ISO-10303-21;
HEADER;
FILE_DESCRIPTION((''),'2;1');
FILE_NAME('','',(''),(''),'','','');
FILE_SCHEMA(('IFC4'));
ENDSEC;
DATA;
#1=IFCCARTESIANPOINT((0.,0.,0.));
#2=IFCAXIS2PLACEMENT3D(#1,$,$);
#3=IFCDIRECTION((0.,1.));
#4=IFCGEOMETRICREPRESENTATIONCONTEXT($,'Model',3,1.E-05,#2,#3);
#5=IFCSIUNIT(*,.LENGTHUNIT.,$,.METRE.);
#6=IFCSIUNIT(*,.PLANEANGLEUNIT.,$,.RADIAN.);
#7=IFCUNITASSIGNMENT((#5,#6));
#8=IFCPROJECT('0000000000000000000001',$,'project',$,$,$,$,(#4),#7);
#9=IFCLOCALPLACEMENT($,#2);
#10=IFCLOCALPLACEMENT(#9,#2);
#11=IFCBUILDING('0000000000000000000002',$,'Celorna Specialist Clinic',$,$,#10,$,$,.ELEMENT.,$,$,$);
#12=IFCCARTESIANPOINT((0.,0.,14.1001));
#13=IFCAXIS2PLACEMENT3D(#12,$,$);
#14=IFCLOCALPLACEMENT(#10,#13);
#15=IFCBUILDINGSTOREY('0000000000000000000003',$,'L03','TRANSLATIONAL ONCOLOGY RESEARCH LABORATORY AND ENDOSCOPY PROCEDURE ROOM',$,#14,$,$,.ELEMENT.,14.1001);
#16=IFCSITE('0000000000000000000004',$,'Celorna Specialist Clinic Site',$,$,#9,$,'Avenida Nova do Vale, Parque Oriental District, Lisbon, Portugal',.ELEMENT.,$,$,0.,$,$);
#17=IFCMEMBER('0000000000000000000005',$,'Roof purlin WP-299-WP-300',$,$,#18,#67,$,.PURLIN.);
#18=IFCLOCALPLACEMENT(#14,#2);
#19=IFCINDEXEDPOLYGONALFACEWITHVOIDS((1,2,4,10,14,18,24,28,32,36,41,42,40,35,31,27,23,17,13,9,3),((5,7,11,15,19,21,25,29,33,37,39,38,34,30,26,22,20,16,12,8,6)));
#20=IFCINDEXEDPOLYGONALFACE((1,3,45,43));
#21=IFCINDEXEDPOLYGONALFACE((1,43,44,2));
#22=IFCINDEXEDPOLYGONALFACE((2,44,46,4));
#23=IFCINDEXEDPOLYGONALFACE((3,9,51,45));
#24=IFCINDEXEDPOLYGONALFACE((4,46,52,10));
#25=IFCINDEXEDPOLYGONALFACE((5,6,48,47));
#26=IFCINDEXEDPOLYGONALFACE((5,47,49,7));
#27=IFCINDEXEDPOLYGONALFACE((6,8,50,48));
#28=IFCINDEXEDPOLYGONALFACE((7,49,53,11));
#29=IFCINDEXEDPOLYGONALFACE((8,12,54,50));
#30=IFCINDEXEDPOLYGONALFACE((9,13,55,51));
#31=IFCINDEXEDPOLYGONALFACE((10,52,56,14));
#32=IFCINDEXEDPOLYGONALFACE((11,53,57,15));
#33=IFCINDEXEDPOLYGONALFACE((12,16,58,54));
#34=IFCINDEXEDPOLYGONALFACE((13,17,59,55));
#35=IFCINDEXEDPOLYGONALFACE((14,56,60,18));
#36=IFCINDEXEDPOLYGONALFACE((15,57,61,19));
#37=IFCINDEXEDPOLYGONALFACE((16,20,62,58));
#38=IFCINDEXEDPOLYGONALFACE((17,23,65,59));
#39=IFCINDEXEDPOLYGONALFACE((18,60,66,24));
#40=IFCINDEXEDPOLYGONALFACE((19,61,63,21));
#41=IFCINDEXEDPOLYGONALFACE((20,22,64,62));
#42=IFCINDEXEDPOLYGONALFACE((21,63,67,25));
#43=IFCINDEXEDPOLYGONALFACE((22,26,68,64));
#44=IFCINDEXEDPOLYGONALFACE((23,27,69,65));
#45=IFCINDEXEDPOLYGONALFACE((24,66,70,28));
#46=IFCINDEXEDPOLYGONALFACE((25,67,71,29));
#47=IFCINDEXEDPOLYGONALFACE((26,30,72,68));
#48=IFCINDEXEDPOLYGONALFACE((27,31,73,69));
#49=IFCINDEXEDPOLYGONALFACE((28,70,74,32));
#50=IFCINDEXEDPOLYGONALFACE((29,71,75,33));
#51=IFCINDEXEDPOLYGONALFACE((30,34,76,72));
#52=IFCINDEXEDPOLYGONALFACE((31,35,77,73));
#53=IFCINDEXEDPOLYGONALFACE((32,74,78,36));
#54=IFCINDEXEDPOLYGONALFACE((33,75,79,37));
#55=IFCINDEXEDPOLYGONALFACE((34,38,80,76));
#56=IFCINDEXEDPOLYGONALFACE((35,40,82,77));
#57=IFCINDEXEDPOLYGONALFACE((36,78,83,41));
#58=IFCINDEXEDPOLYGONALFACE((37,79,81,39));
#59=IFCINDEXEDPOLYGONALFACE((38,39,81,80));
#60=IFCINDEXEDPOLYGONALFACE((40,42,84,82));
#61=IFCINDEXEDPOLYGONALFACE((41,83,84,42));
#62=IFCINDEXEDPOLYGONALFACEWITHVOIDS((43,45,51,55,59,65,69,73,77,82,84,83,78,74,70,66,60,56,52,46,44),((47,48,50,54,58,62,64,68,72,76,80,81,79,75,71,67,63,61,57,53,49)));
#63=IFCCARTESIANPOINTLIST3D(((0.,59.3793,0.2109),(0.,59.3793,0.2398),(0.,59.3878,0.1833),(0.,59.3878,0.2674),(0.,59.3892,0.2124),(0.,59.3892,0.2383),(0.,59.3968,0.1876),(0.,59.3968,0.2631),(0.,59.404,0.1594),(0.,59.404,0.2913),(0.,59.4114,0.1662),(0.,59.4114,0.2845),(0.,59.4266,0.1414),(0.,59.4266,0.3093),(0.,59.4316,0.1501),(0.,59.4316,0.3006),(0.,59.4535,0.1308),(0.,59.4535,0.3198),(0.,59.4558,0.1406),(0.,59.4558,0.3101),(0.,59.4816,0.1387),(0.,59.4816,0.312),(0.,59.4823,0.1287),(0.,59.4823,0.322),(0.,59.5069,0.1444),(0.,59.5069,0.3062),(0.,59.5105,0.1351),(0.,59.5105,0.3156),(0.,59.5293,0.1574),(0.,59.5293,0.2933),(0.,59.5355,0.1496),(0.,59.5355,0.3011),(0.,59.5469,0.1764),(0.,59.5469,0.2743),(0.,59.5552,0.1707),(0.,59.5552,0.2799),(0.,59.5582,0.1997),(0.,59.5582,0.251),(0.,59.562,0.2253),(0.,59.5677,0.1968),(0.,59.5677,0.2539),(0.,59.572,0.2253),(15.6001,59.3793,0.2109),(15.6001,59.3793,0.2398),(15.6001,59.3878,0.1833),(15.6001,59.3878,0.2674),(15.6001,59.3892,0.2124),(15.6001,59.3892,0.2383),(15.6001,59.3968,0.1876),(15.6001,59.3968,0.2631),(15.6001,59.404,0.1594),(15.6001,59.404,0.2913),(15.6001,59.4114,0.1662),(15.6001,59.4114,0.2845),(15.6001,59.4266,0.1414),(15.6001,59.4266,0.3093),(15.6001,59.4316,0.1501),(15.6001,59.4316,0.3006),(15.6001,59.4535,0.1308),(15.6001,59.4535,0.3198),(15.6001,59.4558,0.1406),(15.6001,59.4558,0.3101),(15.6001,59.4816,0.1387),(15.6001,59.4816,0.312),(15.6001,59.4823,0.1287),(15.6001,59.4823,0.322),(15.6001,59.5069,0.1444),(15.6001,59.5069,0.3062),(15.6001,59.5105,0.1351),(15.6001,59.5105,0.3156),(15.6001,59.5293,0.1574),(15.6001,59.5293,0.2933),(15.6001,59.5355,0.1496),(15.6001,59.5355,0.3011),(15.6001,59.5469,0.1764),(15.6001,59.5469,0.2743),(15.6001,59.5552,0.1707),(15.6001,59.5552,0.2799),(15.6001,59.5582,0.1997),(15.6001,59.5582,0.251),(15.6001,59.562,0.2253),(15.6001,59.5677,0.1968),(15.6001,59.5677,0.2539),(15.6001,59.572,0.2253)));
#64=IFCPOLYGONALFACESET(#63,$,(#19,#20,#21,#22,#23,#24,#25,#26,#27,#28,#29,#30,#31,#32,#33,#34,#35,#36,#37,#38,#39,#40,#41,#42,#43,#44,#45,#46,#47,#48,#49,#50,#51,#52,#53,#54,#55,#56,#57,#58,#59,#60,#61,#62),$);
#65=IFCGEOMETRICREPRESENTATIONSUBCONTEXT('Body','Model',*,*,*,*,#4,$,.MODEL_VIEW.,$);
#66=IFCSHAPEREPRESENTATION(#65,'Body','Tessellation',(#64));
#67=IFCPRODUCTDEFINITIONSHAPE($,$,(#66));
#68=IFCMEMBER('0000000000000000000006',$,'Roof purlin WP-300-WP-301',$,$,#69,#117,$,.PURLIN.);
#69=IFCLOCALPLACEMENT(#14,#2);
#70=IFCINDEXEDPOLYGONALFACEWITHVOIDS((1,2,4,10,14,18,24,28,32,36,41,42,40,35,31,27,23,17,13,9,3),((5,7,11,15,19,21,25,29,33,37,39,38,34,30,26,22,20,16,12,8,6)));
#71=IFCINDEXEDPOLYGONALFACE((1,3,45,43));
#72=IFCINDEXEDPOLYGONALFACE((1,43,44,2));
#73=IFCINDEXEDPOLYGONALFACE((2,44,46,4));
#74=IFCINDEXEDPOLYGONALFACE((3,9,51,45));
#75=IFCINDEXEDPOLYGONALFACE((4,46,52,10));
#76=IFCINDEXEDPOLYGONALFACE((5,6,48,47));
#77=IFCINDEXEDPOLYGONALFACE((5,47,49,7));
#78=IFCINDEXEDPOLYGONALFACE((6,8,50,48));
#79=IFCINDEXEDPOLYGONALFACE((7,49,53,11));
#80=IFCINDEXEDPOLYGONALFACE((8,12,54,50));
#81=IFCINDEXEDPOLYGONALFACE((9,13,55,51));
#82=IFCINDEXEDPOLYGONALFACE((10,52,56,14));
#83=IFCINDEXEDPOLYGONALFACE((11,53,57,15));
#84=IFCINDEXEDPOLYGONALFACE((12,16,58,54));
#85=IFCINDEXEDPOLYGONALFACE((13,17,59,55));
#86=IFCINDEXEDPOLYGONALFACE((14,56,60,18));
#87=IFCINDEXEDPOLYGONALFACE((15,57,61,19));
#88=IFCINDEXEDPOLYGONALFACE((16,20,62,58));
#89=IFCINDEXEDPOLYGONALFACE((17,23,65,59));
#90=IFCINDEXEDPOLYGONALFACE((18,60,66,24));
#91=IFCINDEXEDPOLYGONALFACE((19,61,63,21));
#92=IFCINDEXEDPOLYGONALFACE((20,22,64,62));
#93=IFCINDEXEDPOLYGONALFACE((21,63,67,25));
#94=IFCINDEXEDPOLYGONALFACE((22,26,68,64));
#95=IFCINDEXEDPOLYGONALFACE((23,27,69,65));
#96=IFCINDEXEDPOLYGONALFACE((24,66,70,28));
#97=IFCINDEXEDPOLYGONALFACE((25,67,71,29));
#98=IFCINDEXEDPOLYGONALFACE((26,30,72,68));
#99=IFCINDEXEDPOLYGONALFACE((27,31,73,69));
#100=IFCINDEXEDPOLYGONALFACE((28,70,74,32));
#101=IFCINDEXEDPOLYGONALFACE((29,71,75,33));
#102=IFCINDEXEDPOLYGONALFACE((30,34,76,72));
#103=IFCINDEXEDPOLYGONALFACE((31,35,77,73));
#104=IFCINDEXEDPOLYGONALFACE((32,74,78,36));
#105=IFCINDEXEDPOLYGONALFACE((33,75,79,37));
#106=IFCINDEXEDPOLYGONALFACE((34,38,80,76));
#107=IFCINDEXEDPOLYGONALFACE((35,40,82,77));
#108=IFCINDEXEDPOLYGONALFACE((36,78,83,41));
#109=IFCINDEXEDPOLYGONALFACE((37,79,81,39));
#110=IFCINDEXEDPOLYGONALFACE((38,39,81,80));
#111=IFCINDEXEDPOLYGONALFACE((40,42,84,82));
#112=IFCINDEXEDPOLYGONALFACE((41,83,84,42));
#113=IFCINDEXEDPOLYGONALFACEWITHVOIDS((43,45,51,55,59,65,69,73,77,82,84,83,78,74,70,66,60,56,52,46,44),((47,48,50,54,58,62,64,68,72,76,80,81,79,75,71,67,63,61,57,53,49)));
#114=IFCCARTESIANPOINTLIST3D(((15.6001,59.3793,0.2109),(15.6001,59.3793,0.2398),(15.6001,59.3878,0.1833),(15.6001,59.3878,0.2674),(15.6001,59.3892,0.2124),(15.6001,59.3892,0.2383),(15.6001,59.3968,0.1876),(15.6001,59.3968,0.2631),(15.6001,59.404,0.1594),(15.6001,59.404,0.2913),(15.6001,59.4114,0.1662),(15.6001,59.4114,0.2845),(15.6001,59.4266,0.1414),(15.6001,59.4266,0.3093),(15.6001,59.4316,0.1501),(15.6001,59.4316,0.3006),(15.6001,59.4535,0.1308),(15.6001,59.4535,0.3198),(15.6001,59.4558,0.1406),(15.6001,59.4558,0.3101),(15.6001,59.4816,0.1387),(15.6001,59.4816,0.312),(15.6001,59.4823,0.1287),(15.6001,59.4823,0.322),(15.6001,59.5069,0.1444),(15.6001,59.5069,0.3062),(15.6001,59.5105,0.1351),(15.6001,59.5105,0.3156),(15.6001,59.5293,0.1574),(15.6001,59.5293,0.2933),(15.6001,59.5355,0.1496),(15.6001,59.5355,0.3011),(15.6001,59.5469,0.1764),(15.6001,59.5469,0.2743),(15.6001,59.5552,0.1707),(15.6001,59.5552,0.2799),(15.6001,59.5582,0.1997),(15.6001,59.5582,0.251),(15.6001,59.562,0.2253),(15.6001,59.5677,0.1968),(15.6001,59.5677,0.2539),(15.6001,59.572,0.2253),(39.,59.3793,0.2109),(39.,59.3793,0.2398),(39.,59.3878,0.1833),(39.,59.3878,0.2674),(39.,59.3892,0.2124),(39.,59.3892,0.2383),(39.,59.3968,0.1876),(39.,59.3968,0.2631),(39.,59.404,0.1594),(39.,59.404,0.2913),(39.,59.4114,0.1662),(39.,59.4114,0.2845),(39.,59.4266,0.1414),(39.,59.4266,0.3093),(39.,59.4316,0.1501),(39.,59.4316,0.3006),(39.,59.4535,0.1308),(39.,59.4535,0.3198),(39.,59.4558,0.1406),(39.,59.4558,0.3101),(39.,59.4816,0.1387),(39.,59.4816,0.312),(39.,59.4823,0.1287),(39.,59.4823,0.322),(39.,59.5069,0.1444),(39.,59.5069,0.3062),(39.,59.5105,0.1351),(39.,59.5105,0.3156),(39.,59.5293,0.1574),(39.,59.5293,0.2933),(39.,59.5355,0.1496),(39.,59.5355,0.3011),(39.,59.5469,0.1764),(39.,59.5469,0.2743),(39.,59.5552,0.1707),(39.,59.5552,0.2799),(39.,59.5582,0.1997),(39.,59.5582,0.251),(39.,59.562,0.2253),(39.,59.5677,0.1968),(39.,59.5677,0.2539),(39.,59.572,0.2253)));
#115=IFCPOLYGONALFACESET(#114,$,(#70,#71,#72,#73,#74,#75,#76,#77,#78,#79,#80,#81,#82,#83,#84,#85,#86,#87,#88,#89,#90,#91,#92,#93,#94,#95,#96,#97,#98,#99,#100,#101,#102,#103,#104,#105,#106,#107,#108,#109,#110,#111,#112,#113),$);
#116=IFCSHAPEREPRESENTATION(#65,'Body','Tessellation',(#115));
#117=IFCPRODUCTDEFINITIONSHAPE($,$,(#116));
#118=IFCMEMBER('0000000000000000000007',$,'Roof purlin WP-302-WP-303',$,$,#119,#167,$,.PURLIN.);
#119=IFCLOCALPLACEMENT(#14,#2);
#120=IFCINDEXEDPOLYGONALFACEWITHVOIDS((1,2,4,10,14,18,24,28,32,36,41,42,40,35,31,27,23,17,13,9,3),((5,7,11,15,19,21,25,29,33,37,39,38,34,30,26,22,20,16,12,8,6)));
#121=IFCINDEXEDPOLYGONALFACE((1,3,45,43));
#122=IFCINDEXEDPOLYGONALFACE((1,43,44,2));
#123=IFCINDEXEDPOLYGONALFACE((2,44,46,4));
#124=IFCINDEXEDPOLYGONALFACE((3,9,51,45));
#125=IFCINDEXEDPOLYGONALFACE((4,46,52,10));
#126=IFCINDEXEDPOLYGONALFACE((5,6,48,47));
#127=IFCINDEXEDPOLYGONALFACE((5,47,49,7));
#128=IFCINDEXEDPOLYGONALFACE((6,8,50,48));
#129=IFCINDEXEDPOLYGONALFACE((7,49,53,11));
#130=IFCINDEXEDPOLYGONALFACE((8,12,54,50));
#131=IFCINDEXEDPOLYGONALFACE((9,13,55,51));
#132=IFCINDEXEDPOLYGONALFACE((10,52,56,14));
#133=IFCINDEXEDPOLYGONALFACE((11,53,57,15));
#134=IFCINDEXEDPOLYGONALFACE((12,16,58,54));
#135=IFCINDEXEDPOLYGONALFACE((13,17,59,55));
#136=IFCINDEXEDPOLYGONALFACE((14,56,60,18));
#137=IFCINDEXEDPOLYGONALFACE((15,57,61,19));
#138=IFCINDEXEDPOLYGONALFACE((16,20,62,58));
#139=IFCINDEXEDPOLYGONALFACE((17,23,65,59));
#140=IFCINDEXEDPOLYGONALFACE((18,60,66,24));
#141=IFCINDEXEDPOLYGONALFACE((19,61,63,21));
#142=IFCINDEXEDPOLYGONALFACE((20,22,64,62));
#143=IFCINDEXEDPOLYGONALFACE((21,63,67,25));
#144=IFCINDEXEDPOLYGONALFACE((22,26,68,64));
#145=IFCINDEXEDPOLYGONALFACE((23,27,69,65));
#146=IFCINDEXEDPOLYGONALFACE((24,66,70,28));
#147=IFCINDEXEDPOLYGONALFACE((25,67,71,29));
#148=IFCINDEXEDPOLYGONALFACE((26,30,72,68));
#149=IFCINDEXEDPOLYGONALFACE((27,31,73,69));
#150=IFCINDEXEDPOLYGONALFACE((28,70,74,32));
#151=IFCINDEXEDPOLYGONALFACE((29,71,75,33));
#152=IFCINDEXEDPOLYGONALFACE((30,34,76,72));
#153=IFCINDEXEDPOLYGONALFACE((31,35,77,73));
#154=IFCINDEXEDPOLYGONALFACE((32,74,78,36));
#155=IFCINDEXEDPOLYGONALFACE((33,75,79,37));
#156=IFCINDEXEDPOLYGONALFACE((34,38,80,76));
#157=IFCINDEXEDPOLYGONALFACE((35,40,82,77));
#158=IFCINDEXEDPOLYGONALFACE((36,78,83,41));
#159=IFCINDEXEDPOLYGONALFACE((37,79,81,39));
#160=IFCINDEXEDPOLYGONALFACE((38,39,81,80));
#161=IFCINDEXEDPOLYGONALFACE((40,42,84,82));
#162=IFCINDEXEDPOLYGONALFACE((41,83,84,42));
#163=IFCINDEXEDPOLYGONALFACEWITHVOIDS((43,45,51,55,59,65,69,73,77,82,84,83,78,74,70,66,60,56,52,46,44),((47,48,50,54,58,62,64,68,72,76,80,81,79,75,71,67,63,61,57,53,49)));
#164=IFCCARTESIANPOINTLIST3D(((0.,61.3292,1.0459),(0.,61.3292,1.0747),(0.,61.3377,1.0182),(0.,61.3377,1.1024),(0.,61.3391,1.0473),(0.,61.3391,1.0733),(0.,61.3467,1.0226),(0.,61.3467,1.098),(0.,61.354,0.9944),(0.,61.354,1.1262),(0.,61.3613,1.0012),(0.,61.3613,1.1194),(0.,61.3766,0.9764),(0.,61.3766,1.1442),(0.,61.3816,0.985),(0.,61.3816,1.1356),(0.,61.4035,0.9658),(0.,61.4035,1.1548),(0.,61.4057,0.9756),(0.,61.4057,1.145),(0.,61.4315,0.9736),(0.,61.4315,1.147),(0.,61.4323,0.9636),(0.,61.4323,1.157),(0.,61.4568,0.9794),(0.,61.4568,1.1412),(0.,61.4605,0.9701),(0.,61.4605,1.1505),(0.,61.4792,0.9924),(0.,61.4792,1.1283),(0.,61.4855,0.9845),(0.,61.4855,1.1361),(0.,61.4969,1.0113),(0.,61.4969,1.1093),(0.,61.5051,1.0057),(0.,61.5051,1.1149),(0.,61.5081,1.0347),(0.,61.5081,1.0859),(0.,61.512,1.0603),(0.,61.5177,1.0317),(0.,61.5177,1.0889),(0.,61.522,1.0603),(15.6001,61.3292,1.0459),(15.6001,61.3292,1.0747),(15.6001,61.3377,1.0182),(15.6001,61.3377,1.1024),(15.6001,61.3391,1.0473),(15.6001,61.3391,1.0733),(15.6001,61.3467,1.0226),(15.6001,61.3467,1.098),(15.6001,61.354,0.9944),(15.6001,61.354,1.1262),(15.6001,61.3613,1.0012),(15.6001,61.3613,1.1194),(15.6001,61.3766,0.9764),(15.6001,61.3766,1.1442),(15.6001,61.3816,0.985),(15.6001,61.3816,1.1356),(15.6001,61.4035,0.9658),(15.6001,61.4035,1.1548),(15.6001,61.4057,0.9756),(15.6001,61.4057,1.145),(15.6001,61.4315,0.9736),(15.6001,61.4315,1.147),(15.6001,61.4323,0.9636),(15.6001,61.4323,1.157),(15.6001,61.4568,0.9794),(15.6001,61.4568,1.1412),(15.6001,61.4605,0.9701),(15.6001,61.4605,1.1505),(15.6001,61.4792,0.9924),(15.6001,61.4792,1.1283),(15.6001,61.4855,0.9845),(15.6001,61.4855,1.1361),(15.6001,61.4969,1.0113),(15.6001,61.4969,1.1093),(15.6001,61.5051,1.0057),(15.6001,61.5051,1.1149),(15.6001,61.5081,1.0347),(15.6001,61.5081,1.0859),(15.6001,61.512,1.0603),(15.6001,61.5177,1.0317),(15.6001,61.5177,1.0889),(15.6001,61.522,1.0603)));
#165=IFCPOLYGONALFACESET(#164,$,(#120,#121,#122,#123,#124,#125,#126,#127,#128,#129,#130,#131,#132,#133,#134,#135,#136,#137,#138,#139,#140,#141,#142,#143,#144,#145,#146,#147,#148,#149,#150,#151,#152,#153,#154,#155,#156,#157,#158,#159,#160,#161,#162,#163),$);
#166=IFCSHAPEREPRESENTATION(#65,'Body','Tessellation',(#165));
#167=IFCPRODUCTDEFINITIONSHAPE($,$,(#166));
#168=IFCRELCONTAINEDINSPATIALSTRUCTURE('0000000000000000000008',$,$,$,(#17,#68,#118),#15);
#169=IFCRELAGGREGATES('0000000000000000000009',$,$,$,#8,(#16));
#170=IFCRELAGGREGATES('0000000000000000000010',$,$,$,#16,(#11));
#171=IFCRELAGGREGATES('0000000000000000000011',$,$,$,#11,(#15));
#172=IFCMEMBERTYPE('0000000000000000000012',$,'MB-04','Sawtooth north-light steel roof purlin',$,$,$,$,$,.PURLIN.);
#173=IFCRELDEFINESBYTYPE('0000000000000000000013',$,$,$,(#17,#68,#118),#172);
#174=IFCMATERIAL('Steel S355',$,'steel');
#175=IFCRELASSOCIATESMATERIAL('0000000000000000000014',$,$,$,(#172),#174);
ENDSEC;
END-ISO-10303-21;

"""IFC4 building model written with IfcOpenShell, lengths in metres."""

from ifc_helpers import new_model, si_unit, direction, frame, origin, origin_2d, place, context, subcontext, project, spatial, hollow_circle, extrude, material, material_profile, profile_set, type_object, element, save


model = new_model("IFC4")

# Units and contexts
model_context = context("Model", 3, precision=1e-05, world=origin(), true_north=direction((0.0, 1.0)))
body_context = subcontext(model_context, "Body", "Model", "MODEL_VIEW")
ifc_project = project(units=[si_unit("LENGTHUNIT", "METRE"), si_unit("PLANEANGLEUNIT", "RADIAN")], contexts=[model_context])

# Site, building, storey
site_placement = place(None, origin())
site = spatial("IfcSite", under=ifc_project, at=site_placement, Name="Celorna Specialist Clinic Site", LongName="Avenida Nova do Vale, Parque Oriental District, Lisbon, Portugal", CompositionType="ELEMENT", RefElevation=0.0)
building_placement = place(site_placement, origin())
building = spatial("IfcBuilding", under=site, at=building_placement, Name="Celorna Specialist Clinic", CompositionType="ELEMENT")
storey_placement = place(building_placement, frame((0.0, 0.0, 14.1001)))
storey = spatial("IfcBuildingStorey", under=building, at=storey_placement, Name="L03", Description="TRANSLATIONAL ONCOLOGY RESEARCH LABORATORY AND ENDOSCOPY PROCEDURE ROOM", CompositionType="ELEMENT", Elevation=14.1001)

# Shared definitions
ifc_material = material(Name="Steel S355", Category="steel")

# Members
ifc_material_profile_1 = material_profile(ifc_material, hollow_circle(Radius=0.0969, WallThickness=0.01, at=origin_2d()), Name="CHS 193.7x10")
ifc_profile_set_1 = profile_set([ifc_material_profile_1], Name="Steel S355")
member_type_1 = type_object("IfcMemberType", Name="MB-04", Description="Sawtooth north-light steel roof purlin", PredefinedType="PURLIN", material=ifc_profile_set_1)
member_1_placement = place(storey_placement, frame((0.0, 59.4751, 0.2253), z_axis=(1.0, 0.0, 0.0), x_axis=(0.0, 1.0, 0.0)))
element("IfcMember", 1, at=member_1_placement, inside=storey, type_object=member_type_1, Name="Roof purlin WP-299-WP-300", PredefinedType="PURLIN", context=body_context, shape_type="SweptSolid", body=[
    extrude(hollow_circle(Radius=0.0969, WallThickness=0.01, at=origin_2d()), origin(), (0.0, 0.0, 1.0), 15.6001),
])
member_2_placement = place(storey_placement, frame((15.6001, 59.4751, 0.2253), z_axis=(1.0, 0.0, 0.0), x_axis=(0.0, 1.0, 0.0)))
element("IfcMember", 2, at=member_2_placement, inside=storey, type_object=member_type_1, Name="Roof purlin WP-300-WP-301", PredefinedType="PURLIN", context=body_context, shape_type="SweptSolid", body=[
    extrude(hollow_circle(Radius=0.0969, WallThickness=0.01, at=origin_2d()), origin(), (0.0, 0.0, 1.0), 23.3999),
])
member_3_placement = place(storey_placement, frame((0.0, 61.425, 1.0603), z_axis=(1.0, 0.0, 0.0), x_axis=(0.0, 1.0, 0.0)))
element("IfcMember", 3, at=member_3_placement, inside=storey, type_object=member_type_1, Name="Roof purlin WP-302-WP-303", PredefinedType="PURLIN", context=body_context, shape_type="SweptSolid", body=[
    extrude(hollow_circle(Radius=0.0969, WallThickness=0.01, at=origin_2d()), origin(), (0.0, 0.0, 1.0), 15.6001),
])

save(model, "model.ifc")
